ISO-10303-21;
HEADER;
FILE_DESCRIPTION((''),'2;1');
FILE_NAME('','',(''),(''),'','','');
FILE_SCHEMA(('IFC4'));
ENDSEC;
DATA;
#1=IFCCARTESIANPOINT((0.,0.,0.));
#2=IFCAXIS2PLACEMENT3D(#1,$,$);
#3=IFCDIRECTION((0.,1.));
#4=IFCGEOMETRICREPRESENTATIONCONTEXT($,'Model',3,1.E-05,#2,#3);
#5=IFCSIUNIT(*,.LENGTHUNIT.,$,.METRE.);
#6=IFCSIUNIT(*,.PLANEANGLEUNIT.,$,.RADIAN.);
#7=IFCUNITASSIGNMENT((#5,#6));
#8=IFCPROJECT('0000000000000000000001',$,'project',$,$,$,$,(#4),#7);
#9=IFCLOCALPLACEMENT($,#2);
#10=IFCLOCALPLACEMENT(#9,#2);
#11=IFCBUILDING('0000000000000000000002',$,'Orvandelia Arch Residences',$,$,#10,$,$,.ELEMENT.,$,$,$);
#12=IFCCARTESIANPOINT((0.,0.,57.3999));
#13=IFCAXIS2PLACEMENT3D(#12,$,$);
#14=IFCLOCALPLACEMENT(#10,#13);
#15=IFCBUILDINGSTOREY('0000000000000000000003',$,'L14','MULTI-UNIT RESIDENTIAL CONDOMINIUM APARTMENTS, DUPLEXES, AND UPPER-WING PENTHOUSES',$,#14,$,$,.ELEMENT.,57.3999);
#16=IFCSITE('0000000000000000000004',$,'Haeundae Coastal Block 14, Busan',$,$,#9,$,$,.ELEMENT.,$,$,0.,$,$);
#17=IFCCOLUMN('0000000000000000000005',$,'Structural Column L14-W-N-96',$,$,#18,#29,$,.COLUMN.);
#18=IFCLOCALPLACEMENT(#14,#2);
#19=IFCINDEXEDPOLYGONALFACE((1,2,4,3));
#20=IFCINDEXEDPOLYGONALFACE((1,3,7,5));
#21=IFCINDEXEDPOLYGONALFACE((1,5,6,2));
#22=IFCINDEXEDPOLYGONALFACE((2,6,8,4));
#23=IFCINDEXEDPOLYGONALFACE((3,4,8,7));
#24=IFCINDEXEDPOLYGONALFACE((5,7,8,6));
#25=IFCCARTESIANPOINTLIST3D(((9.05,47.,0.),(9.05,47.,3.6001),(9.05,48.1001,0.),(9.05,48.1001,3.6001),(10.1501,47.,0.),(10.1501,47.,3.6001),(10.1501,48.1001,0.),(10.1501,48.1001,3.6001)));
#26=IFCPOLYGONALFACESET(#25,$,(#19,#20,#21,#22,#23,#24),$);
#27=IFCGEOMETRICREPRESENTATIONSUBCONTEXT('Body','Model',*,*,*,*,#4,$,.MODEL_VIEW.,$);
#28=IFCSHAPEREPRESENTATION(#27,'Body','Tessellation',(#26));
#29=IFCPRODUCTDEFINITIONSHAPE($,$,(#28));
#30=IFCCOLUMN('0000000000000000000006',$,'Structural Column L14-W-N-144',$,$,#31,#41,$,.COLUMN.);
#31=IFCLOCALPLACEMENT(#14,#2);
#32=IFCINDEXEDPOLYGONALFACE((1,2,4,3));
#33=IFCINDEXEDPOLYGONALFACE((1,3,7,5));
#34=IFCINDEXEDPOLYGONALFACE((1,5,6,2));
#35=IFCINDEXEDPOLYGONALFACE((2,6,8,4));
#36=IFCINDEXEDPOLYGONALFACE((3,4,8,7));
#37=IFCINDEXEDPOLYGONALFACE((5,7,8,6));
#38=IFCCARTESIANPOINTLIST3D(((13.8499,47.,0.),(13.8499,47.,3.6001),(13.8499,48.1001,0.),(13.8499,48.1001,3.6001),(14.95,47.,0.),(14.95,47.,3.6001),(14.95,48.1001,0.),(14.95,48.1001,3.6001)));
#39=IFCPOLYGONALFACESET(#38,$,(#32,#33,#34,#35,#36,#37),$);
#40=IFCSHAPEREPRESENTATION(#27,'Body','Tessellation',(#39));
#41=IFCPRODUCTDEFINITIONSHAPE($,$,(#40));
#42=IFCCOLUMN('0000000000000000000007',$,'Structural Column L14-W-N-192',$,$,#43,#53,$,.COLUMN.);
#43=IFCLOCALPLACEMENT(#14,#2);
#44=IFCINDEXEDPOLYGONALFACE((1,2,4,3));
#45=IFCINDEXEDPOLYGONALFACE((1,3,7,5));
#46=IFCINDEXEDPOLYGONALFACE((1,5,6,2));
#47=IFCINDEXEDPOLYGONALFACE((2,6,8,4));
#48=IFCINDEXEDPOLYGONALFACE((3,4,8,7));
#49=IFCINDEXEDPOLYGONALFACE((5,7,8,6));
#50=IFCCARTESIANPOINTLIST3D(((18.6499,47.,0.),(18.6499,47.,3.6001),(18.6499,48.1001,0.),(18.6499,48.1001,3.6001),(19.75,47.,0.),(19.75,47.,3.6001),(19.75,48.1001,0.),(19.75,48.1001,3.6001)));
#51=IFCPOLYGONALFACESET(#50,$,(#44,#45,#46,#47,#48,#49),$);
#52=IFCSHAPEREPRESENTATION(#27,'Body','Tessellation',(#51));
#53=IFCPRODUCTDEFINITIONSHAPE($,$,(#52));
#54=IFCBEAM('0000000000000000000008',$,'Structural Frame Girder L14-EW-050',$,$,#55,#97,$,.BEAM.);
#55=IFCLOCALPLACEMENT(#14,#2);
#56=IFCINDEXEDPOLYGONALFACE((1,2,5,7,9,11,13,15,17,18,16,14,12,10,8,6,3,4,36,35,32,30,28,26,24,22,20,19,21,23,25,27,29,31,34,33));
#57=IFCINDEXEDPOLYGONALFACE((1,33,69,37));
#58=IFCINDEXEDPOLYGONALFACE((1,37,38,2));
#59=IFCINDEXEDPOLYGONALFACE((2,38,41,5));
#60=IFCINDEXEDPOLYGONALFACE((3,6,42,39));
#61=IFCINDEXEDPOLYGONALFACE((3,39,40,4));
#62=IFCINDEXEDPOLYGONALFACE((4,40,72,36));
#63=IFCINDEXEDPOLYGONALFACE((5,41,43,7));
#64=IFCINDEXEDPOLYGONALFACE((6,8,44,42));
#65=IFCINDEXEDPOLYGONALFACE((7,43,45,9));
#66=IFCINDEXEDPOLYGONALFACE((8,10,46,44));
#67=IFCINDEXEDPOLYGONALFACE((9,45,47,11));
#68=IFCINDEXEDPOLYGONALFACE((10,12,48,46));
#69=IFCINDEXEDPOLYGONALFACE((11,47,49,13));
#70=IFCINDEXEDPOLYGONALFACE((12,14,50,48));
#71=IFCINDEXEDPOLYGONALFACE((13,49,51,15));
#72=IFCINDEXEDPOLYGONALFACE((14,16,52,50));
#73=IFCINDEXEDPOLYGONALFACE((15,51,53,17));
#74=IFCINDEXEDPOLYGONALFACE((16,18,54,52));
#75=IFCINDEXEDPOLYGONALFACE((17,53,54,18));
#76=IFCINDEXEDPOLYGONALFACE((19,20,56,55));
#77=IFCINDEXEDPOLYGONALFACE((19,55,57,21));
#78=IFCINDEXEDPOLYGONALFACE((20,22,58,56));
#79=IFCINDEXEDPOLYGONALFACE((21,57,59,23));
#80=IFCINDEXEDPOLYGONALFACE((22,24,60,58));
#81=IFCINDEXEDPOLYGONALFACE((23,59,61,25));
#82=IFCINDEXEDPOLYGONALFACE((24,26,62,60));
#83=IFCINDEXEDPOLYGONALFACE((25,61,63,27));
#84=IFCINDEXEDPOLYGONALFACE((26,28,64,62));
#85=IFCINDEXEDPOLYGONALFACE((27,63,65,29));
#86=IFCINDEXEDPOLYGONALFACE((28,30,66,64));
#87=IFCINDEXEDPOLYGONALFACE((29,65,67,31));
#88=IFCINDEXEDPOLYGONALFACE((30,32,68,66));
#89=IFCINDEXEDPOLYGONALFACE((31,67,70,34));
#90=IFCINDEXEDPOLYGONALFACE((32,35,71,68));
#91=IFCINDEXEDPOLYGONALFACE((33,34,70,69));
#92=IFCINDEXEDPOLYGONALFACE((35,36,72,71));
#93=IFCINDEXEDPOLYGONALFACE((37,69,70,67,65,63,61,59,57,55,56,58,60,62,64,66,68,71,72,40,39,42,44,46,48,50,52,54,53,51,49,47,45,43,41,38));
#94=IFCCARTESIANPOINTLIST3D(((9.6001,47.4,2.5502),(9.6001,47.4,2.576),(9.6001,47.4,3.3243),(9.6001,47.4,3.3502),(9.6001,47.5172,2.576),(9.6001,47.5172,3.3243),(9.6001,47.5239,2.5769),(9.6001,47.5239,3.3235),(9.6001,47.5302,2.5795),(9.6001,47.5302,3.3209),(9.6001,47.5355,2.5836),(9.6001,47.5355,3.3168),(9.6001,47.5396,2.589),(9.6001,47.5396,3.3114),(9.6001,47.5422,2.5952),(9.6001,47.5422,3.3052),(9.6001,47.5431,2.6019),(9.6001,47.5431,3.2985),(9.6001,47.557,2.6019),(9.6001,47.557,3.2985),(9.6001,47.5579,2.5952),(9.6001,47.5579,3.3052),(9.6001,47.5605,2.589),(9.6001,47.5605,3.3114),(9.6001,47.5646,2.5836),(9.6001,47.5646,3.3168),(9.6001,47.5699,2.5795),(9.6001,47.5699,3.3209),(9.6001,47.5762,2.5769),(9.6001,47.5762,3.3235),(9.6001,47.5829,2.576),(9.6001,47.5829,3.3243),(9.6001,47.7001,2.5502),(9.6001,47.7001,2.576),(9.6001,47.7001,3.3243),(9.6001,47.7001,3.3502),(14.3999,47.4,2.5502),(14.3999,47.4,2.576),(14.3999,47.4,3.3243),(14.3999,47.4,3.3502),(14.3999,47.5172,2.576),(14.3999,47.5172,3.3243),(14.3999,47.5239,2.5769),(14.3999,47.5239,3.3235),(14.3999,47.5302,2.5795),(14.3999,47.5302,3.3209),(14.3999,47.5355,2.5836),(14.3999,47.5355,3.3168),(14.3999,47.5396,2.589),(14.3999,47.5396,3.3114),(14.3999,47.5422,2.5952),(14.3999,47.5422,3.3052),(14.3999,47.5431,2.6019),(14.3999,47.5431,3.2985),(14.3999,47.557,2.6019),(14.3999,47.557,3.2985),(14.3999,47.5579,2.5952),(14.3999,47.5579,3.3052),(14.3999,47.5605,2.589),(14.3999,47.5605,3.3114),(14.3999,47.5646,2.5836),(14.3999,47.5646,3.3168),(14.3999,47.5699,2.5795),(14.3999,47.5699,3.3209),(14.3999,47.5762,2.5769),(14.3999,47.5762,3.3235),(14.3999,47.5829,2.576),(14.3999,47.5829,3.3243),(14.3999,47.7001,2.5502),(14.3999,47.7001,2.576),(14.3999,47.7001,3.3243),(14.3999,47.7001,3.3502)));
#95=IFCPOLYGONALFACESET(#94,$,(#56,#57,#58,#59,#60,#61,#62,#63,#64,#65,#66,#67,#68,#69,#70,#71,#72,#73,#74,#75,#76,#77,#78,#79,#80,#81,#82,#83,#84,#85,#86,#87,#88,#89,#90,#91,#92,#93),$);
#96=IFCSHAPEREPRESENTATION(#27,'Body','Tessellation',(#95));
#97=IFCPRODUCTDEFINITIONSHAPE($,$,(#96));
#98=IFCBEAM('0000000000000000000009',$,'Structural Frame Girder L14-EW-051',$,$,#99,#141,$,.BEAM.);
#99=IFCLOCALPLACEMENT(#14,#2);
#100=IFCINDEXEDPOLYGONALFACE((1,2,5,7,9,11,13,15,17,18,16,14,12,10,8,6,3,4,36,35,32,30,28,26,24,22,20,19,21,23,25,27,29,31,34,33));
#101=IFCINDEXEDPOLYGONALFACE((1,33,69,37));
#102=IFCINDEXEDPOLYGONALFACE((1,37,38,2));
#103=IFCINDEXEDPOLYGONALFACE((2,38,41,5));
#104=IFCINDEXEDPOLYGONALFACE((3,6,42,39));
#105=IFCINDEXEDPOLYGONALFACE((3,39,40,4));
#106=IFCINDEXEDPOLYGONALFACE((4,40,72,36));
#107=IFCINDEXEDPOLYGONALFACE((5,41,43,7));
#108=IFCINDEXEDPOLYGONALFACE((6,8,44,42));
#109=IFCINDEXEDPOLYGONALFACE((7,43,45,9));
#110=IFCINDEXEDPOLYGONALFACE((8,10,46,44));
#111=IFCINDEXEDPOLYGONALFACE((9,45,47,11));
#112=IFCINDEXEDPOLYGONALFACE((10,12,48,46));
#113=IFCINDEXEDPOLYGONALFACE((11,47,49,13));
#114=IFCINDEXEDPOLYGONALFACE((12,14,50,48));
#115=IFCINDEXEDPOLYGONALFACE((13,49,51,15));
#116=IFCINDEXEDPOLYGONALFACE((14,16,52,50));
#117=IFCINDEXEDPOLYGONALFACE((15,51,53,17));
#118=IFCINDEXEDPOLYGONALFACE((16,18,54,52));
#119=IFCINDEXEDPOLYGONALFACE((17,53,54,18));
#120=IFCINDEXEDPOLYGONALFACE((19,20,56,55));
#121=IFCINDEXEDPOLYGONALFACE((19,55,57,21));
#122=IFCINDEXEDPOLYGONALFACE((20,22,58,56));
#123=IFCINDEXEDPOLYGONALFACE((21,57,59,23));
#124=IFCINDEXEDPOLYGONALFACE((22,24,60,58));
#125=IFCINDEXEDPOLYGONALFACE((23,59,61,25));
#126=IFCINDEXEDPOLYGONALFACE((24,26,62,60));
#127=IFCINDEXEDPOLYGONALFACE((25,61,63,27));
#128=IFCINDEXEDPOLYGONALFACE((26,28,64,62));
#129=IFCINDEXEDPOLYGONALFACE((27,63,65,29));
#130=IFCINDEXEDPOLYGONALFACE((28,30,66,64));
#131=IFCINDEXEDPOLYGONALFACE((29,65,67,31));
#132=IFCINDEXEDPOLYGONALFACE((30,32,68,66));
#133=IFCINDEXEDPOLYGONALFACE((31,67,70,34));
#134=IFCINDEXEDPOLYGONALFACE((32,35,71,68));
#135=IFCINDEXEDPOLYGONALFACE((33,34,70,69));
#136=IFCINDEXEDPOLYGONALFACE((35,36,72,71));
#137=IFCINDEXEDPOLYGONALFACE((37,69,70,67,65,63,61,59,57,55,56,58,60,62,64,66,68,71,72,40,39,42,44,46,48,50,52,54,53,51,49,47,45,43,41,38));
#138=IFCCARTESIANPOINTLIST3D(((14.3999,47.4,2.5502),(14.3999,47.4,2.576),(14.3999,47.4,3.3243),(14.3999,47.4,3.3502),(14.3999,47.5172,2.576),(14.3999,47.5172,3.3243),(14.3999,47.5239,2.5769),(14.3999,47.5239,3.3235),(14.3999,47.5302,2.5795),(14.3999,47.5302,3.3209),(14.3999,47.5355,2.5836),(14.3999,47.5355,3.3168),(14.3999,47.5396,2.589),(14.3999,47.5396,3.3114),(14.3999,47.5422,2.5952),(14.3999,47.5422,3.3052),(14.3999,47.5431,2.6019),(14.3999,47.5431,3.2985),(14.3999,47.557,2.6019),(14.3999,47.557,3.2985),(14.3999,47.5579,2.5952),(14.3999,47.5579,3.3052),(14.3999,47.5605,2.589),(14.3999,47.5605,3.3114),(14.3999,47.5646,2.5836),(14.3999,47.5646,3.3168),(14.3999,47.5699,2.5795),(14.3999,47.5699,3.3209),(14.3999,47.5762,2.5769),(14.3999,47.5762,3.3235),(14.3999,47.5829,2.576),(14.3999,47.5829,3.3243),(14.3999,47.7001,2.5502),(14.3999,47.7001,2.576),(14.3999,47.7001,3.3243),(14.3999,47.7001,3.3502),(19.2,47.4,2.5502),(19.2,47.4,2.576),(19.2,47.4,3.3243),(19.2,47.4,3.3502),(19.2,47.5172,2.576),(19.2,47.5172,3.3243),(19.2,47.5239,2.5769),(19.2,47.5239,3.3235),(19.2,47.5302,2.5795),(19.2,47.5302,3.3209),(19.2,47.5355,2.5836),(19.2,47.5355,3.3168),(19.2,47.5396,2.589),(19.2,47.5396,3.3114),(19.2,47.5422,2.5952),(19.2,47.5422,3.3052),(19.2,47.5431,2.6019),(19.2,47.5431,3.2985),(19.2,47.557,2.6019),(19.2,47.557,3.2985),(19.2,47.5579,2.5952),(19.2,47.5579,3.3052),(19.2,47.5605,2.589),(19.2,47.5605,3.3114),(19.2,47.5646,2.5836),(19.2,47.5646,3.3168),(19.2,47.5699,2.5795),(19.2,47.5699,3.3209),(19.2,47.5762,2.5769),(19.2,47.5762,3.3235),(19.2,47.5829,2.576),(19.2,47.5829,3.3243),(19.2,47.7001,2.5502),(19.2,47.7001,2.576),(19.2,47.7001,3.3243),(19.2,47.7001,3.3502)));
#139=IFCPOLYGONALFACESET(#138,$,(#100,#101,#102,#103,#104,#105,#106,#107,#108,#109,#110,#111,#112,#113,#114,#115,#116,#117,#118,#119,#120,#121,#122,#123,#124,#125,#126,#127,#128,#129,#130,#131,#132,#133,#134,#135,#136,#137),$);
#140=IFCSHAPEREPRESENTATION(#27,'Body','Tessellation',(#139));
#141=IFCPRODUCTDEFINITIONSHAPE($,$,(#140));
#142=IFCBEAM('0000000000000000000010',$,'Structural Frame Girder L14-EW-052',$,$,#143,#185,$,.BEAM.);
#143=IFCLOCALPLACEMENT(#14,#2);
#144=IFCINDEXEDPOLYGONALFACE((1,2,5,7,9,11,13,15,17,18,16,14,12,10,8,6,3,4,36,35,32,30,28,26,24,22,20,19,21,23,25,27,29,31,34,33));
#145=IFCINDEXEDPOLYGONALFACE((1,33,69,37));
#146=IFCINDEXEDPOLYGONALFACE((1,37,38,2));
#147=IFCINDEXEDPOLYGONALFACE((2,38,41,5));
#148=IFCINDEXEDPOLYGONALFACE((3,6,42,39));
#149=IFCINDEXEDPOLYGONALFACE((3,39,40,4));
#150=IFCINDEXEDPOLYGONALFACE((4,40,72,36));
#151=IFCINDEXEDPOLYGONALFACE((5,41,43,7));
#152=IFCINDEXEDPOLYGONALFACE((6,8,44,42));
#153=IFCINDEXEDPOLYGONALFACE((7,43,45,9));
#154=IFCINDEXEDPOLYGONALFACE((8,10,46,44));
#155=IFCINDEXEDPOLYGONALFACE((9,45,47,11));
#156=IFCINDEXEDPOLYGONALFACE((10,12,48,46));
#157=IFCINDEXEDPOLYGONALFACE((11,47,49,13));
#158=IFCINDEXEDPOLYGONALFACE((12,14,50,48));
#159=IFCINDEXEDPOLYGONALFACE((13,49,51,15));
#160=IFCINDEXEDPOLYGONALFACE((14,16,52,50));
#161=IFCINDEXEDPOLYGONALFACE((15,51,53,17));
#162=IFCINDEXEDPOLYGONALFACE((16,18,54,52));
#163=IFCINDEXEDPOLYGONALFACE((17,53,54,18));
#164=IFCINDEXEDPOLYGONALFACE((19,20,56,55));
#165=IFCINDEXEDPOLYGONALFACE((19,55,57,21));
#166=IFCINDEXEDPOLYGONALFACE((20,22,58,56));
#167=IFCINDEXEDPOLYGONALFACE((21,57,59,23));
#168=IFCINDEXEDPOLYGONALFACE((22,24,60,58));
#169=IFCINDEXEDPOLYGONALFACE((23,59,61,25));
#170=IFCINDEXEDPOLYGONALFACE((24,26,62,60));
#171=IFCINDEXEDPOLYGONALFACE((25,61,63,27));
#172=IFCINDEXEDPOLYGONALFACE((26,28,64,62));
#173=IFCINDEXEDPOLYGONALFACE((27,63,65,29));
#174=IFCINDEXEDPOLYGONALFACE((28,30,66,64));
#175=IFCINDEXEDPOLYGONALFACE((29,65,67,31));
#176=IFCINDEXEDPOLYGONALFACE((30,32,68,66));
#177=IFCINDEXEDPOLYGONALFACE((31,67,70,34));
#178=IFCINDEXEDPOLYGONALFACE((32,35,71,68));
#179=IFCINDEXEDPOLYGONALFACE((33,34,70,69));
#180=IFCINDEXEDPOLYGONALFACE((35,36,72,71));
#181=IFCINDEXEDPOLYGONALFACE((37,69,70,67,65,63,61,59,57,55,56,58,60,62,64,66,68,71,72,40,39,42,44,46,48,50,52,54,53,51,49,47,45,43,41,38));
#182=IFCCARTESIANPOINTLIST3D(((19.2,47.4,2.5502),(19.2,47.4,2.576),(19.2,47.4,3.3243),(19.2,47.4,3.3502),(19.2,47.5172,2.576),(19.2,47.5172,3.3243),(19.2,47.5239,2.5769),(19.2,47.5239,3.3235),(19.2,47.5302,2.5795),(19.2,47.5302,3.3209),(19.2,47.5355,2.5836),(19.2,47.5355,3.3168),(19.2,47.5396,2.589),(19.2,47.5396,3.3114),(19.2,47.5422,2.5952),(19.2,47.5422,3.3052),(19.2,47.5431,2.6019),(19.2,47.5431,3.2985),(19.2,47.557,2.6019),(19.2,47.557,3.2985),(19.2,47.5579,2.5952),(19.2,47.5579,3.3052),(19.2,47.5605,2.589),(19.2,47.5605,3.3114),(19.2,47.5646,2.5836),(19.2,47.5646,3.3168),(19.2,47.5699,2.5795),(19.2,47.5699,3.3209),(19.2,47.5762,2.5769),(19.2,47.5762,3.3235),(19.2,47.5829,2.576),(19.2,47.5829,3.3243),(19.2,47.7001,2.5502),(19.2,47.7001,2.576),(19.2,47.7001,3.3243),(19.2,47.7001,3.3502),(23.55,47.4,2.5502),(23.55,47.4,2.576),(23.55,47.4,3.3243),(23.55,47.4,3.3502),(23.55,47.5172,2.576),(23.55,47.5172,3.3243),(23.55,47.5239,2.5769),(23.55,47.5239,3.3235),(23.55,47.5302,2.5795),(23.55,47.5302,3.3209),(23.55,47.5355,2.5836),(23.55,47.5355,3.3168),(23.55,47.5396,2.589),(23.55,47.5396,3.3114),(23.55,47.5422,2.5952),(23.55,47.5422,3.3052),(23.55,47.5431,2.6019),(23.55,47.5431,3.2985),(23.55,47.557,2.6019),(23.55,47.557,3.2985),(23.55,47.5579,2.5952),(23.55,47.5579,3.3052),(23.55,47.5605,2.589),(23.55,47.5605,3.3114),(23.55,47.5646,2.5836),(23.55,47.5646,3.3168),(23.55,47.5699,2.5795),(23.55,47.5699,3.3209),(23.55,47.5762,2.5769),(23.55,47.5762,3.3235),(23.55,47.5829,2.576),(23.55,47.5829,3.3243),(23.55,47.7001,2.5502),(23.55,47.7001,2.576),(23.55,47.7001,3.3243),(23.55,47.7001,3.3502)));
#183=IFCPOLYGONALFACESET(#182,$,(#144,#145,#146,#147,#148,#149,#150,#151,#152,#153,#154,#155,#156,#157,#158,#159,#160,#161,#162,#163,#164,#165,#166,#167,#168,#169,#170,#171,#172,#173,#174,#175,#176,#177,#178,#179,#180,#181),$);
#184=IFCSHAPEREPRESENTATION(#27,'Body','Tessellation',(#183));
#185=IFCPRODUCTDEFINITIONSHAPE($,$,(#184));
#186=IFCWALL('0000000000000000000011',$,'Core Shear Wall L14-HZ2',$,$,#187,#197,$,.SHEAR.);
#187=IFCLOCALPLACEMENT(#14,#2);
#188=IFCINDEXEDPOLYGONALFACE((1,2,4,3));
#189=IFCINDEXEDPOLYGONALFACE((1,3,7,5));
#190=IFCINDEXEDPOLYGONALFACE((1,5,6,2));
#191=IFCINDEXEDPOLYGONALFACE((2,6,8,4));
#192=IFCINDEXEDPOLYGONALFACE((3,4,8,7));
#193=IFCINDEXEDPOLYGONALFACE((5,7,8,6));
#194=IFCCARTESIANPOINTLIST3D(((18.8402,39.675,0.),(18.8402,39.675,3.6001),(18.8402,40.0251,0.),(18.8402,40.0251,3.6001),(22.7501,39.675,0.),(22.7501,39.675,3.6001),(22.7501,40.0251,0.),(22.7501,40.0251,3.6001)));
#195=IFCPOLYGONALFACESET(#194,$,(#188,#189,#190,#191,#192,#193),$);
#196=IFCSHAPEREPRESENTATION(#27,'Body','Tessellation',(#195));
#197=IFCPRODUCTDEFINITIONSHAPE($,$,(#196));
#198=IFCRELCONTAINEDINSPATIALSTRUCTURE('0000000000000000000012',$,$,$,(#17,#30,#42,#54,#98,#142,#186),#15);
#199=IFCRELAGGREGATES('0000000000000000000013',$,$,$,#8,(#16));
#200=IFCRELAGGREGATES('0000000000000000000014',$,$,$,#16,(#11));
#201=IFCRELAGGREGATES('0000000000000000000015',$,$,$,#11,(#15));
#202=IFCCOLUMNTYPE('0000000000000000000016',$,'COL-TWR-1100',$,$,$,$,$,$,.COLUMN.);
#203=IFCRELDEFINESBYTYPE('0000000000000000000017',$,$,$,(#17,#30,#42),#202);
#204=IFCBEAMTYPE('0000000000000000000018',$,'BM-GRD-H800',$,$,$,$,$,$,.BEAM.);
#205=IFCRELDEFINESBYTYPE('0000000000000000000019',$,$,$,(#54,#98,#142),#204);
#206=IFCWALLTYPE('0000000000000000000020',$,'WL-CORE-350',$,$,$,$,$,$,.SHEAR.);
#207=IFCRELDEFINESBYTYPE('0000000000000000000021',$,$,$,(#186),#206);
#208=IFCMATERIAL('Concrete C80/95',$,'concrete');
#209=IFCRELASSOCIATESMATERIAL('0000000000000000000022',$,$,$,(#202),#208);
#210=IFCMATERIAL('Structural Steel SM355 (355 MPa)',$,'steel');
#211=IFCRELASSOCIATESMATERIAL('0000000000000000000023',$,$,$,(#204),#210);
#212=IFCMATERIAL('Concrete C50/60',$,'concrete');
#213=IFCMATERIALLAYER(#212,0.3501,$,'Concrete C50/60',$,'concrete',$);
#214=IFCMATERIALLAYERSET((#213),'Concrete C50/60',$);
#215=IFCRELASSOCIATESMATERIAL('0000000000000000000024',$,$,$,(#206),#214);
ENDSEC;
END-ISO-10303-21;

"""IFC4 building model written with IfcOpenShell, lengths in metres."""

from ifc_helpers import new_model, si_unit, direction, frame, frame_2d, origin, origin_2d, place, context, subcontext, project, spatial, rectangle, i_section, extrude, material, layer, layer_set, material_profile, profile_set, type_object, element, save


model = new_model("IFC4")

# Units and contexts
model_context = context("Model", 3, precision=1e-05, world=origin(), true_north=direction((0.0, 1.0)))
body_context = subcontext(model_context, "Body", "Model", "MODEL_VIEW")
ifc_project = project(units=[si_unit("LENGTHUNIT", "METRE"), si_unit("PLANEANGLEUNIT", "RADIAN")], contexts=[model_context])

# Site, building, storey
site_placement = place(None, origin())
site = spatial("IfcSite", under=ifc_project, at=site_placement, Name="Haeundae Coastal Block 14, Busan", CompositionType="ELEMENT", RefElevation=0.0)
building_placement = place(site_placement, origin())
building = spatial("IfcBuilding", under=site, at=building_placement, Name="Orvandelia Arch Residences", CompositionType="ELEMENT")
storey_placement = place(building_placement, frame((0.0, 0.0, 57.3999)))
storey = spatial("IfcBuildingStorey", under=building, at=storey_placement, Name="L14", Description="MULTI-UNIT RESIDENTIAL CONDOMINIUM APARTMENTS, DUPLEXES, AND UPPER-WING PENTHOUSES", CompositionType="ELEMENT", Elevation=57.3999)

# Columns
ifc_material_1 = material(Name="Concrete C80/95", Category="concrete")
ifc_material_profile_1 = material_profile(ifc_material_1, rectangle(XDim=1.1001, YDim=1.1001, at=origin_2d()), Name="Concrete C80/95", Category="concrete")
ifc_profile_set_1 = profile_set([ifc_material_profile_1], Name="Concrete C80/95")
column_type = type_object("IfcColumnType", Name="COL-TWR-1100", PredefinedType="COLUMN", material=ifc_profile_set_1)
for number, where, z_axis, x_axis, name in (
    (1, (9.6001, 47.55, 0.0), (0.0, 0.0, 1.0), (1.0, 0.0, 0.0), "Structural Column L14-W-N-96"),
    (2, (14.3999, 47.55, 0.0), (0.0, 0.0, 1.0), (1.0, 0.0, 0.0), "Structural Column L14-W-N-144"),
    (3, (19.2, 47.55, 0.0), (0.0, 0.0, 1.0), (1.0, 0.0, 0.0), "Structural Column L14-W-N-192"),
):
    element("IfcColumn", number, at=place(storey_placement, frame(where, z_axis=z_axis, x_axis=x_axis)), inside=storey, type_object=column_type, Name=name, PredefinedType="COLUMN", context=body_context, shape_type="SweptSolid", body=[
        extrude(rectangle(XDim=1.1001, YDim=1.1001, at=origin_2d()), origin(), (0.0, 0.0, 1.0), 3.6001),
    ])

# Beams
ifc_material_2 = material(Name="Structural Steel SM355 (355 MPa)", Category="steel")
ifc_material_profile_2 = material_profile(ifc_material_2, i_section(OverallWidth=0.3, OverallDepth=0.8, WebThickness=0.0139, FlangeThickness=0.0259, FilletRadius=0.0259, at=origin_2d()), Name="Structural Steel SM355 (355 MPa)", Category="steel")
ifc_profile_set_2 = profile_set([ifc_material_profile_2], Name="Structural Steel SM355 (355 MPa)")
beam_type = type_object("IfcBeamType", Name="BM-GRD-H800", PredefinedType="BEAM", material=ifc_profile_set_2)
beam_1_placement = place(storey_placement, frame((9.6001, 47.55, 2.9502), z_axis=(1.0, 0.0, 0.0), x_axis=(0.0, 1.0, 0.0)))
element("IfcBeam", 4, at=beam_1_placement, inside=storey, type_object=beam_type, Name="Structural Frame Girder L14-EW-050", PredefinedType="BEAM", context=body_context, shape_type="SweptSolid", body=[
    extrude(i_section(OverallWidth=0.3, OverallDepth=0.8, WebThickness=0.0139, FlangeThickness=0.0259, FilletRadius=0.0259, at=origin_2d()), origin(), (0.0, 0.0, 1.0), 4.7998),
])
beam_2_placement = place(storey_placement, frame((14.3999, 47.55, 2.9502), z_axis=(1.0, 0.0, 0.0), x_axis=(0.0, 1.0, 0.0)))
element("IfcBeam", 5, at=beam_2_placement, inside=storey, type_object=beam_type, Name="Structural Frame Girder L14-EW-051", PredefinedType="BEAM", context=body_context, shape_type="SweptSolid", body=[
    extrude(i_section(OverallWidth=0.3, OverallDepth=0.8, WebThickness=0.0139, FlangeThickness=0.0259, FilletRadius=0.0259, at=origin_2d()), origin(), (0.0, 0.0, 1.0), 4.8),
])
beam_3_placement = place(storey_placement, frame((19.2, 47.55, 2.9502), z_axis=(1.0, 0.0, 0.0), x_axis=(0.0, 1.0, 0.0)))
element("IfcBeam", 6, at=beam_3_placement, inside=storey, type_object=beam_type, Name="Structural Frame Girder L14-EW-052", PredefinedType="BEAM", context=body_context, shape_type="SweptSolid", body=[
    extrude(i_section(OverallWidth=0.3, OverallDepth=0.8, WebThickness=0.0139, FlangeThickness=0.0259, FilletRadius=0.0259, at=origin_2d()), origin(), (0.0, 0.0, 1.0), 4.3501),
])

# Wall
ifc_material_3 = material(Name="Concrete C50/60", Category="concrete")
ifc_layer_1 = layer(ifc_material_3, 0.3501, Name="Concrete C50/60", Category="concrete")
ifc_layer_set_1 = layer_set([ifc_layer_1], Name="Concrete C50/60")
wall_type_1 = type_object("IfcWallType", Name="WL-CORE-350", PredefinedType="SHEAR", material=ifc_layer_set_1)
wall_1_placement = place(storey_placement, frame((18.8401, 39.8501, 0.0), z_axis=(0.0, 0.0, 1.0), x_axis=(1.0, 0.0, 0.0)))
element("IfcWall", 7, at=wall_1_placement, inside=storey, type_object=wall_type_1, Name="Core Shear Wall L14-HZ2", PredefinedType="SHEAR", context=body_context, shape_type="SweptSolid", body=[
    extrude(rectangle(XDim=3.9099, YDim=0.3501, at=frame_2d((1.9551, 0.0))), origin(), (0.0, 0.0, 1.0), 3.6001),
])

save(model, "model.ifc")
